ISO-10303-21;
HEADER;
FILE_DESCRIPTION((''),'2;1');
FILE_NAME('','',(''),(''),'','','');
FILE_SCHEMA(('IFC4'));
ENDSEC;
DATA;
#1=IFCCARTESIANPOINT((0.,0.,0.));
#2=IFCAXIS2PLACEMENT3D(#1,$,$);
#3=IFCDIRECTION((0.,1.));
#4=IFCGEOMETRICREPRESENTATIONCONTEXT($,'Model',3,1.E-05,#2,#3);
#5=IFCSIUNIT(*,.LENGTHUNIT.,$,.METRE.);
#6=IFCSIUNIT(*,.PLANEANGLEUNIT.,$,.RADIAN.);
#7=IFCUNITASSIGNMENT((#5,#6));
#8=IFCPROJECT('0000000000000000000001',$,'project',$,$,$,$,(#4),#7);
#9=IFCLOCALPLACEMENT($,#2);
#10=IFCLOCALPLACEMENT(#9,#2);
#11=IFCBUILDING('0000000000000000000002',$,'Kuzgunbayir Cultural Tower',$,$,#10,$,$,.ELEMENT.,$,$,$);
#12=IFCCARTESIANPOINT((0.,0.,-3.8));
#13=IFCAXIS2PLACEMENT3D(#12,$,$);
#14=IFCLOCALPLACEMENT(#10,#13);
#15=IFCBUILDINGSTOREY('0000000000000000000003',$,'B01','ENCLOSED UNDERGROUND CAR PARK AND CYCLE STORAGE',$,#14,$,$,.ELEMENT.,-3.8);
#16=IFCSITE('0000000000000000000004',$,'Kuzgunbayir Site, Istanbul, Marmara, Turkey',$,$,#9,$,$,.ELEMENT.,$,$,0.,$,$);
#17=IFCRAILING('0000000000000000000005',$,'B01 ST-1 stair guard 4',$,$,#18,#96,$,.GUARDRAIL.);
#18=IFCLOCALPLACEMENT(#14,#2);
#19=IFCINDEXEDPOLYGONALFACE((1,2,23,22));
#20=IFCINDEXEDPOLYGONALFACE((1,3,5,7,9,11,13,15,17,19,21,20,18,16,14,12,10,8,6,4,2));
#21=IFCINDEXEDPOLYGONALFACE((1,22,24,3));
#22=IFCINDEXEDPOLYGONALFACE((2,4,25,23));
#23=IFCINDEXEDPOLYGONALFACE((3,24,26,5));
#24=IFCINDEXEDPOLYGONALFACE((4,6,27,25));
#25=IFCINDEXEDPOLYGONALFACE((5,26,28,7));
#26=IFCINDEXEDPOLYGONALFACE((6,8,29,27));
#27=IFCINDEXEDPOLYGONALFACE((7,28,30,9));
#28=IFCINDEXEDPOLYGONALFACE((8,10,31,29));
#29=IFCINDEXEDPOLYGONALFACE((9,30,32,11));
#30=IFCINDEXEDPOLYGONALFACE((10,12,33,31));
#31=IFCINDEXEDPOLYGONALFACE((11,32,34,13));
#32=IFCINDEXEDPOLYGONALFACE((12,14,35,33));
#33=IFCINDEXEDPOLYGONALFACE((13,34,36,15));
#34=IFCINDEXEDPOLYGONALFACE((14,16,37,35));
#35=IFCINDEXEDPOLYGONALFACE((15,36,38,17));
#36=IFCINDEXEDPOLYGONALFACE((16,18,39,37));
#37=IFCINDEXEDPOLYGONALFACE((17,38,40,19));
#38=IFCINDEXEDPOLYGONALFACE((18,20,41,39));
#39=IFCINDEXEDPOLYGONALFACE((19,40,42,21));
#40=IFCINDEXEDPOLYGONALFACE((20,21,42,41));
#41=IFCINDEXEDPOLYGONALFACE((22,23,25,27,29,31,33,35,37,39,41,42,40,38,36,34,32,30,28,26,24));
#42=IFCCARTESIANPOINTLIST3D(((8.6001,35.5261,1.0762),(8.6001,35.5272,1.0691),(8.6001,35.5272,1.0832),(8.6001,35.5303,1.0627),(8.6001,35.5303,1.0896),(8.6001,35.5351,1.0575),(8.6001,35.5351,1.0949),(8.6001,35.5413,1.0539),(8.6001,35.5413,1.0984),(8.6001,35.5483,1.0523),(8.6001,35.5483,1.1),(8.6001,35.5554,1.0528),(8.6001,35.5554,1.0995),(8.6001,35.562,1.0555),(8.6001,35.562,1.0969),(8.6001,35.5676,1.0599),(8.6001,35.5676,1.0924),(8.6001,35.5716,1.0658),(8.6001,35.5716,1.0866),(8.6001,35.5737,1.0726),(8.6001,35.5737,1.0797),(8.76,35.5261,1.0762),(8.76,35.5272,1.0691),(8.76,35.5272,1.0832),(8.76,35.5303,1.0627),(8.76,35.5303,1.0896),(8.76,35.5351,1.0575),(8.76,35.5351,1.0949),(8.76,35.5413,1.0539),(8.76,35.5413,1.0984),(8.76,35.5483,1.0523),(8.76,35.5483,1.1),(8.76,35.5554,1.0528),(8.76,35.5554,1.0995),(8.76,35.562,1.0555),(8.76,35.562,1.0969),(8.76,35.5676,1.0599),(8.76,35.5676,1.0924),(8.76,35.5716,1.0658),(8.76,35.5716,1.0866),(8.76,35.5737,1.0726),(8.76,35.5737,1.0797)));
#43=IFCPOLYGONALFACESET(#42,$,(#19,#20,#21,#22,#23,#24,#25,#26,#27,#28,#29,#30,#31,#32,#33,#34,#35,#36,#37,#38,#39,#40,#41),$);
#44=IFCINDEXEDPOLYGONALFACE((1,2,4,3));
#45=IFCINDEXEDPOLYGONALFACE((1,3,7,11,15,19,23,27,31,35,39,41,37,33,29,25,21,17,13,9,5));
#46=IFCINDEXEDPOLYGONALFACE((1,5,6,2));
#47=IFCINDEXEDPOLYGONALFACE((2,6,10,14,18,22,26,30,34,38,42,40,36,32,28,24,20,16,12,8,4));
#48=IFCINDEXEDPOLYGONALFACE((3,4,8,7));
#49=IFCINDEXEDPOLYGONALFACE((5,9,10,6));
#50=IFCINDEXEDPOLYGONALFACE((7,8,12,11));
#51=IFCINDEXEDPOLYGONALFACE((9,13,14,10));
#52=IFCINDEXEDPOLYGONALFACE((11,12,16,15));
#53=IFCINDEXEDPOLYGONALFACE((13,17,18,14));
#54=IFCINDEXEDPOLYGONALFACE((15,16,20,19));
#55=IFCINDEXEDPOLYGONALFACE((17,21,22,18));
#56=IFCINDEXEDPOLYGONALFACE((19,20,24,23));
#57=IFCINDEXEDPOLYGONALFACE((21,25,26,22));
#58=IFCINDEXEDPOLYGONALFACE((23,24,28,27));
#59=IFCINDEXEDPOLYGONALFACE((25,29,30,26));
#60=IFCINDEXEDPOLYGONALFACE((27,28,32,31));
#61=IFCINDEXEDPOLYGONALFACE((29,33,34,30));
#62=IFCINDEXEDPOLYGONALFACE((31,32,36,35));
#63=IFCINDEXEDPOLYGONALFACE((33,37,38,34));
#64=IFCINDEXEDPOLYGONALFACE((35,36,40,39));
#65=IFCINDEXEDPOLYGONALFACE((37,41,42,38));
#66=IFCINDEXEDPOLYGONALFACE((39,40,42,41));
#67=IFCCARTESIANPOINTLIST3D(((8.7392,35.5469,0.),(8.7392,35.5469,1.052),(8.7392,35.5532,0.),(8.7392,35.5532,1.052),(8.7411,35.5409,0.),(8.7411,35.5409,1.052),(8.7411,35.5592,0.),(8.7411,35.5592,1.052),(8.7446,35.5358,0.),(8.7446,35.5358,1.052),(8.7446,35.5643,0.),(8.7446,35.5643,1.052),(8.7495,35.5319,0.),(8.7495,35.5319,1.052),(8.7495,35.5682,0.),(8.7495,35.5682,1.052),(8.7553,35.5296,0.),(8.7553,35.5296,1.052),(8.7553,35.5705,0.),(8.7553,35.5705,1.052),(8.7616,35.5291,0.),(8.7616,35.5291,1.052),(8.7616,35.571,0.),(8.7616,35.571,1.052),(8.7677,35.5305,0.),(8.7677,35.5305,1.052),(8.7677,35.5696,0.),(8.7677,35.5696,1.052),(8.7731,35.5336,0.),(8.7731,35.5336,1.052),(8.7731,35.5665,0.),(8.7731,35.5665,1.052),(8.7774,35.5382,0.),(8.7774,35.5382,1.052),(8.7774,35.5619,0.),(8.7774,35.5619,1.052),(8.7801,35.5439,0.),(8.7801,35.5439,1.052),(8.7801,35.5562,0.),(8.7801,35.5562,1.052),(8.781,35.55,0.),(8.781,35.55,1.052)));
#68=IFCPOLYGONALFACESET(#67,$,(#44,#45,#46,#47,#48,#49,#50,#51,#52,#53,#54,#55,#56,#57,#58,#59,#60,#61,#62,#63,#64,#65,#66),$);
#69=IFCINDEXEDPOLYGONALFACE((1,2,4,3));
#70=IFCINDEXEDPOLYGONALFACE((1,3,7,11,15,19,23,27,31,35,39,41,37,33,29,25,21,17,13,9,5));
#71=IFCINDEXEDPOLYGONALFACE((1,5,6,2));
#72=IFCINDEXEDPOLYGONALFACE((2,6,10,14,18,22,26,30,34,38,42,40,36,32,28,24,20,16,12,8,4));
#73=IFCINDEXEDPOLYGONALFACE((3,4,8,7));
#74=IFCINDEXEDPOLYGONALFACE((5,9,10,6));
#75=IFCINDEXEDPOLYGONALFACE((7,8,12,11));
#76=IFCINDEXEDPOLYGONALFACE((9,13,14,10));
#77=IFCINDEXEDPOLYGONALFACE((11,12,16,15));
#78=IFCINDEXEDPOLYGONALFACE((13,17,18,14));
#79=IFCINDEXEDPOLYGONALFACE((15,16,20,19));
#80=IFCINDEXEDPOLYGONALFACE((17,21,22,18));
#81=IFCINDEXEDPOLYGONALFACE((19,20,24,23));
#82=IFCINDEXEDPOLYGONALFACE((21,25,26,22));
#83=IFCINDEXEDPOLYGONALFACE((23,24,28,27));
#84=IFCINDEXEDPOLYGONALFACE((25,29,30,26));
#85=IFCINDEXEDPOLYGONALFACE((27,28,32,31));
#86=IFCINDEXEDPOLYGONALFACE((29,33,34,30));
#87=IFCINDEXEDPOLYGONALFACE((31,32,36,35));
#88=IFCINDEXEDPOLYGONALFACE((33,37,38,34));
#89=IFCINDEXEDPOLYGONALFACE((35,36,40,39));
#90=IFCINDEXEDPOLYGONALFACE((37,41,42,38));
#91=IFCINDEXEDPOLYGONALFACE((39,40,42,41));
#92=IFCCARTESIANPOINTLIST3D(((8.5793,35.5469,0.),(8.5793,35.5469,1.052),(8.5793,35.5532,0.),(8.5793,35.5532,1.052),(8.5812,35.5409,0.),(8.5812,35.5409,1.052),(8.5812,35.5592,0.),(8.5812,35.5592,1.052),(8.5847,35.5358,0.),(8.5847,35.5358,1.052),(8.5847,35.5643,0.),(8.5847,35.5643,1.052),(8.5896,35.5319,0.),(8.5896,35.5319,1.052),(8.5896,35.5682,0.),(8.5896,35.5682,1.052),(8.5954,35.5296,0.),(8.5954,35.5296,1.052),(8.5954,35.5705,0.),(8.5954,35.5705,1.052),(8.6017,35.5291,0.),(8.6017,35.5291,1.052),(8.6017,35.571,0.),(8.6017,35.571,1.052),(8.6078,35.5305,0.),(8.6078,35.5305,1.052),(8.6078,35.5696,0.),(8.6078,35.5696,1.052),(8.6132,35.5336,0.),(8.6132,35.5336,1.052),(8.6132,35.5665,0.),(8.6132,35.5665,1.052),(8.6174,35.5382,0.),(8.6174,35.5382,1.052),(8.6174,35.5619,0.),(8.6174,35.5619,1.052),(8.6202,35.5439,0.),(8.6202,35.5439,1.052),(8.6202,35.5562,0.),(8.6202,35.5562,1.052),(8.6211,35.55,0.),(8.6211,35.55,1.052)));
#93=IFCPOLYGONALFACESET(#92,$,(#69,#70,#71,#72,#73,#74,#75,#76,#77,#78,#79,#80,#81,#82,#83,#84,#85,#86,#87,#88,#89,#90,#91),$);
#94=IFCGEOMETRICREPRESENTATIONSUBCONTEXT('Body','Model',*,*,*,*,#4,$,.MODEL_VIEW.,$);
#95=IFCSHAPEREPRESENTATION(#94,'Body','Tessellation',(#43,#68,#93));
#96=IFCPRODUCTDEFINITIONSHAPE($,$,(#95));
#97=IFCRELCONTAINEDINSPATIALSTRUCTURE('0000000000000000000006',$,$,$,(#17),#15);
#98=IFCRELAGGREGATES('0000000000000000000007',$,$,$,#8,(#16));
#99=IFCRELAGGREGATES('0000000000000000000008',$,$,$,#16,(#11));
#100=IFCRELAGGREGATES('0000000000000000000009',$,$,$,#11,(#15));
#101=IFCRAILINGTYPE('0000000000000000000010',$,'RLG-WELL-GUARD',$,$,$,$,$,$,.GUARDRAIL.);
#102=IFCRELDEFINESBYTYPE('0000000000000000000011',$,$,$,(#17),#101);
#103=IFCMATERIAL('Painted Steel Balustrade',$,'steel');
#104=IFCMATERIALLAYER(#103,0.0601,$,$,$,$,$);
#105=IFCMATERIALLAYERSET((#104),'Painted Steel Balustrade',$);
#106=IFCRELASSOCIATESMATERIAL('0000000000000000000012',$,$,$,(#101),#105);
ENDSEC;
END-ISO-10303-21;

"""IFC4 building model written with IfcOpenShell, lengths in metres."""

from ifc_helpers import new_model, si_unit, direction, frame, origin, origin_2d, place, context, subcontext, project, spatial, circle, extrude, material, layer, layer_set, type_object, element, save


model = new_model("IFC4")

# Units and contexts
model_context = context("Model", 3, precision=1e-05, world=origin(), true_north=direction((0.0, 1.0)))
body_context = subcontext(model_context, "Body", "Model", "MODEL_VIEW")
ifc_project = project(units=[si_unit("LENGTHUNIT", "METRE"), si_unit("PLANEANGLEUNIT", "RADIAN")], contexts=[model_context])

# Site, building, storey
site_placement = place(None, origin())
site = spatial("IfcSite", under=ifc_project, at=site_placement, Name="Kuzgunbayir Site, Istanbul, Marmara, Turkey", CompositionType="ELEMENT", RefElevation=0.0)
building_placement = place(site_placement, origin())
building = spatial("IfcBuilding", under=site, at=building_placement, Name="Kuzgunbayir Cultural Tower", CompositionType="ELEMENT")
storey_placement = place(building_placement, frame((0.0, 0.0, -3.8)))
storey = spatial("IfcBuildingStorey", under=building, at=storey_placement, Name="B01", Description="ENCLOSED UNDERGROUND CAR PARK AND CYCLE STORAGE", CompositionType="ELEMENT", Elevation=-3.8)

# Railing
ifc_material_1 = material(Name="Painted Steel Balustrade", Category="steel")
ifc_layer_1 = layer(ifc_material_1, 0.0601)
ifc_layer_set_1 = layer_set([ifc_layer_1], Name="Painted Steel Balustrade")
railing_type_1 = type_object("IfcRailingType", Name="RLG-WELL-GUARD", PredefinedType="GUARDRAIL", material=ifc_layer_set_1)
railing_1_placement = place(storey_placement, frame((8.76, 35.55, 0.0)))
element("IfcRailing", 1, at=railing_1_placement, inside=storey, type_object=railing_type_1, Name="B01 ST-1 stair guard 4", PredefinedType="GUARDRAIL", context=body_context, shape_type="SweptSolid", body=[
    extrude(circle(Radius=0.0239, at=origin_2d()), frame((0.0, 0.0, 1.0762), z_axis=(-1.0, 0.0, 0.0), x_axis=(0.0, -1.0, 0.0)), (0.0, 0.0, 1.0), 0.1599),
    extrude(circle(Radius=0.021, at=origin_2d()), origin(), (0.0, 0.0, 1.0), 1.052),
    extrude(circle(Radius=0.021, at=origin_2d()), frame((-0.1599, 0.0, 0.0)), (0.0, 0.0, 1.0), 1.052),
])

save(model, "model.ifc")
